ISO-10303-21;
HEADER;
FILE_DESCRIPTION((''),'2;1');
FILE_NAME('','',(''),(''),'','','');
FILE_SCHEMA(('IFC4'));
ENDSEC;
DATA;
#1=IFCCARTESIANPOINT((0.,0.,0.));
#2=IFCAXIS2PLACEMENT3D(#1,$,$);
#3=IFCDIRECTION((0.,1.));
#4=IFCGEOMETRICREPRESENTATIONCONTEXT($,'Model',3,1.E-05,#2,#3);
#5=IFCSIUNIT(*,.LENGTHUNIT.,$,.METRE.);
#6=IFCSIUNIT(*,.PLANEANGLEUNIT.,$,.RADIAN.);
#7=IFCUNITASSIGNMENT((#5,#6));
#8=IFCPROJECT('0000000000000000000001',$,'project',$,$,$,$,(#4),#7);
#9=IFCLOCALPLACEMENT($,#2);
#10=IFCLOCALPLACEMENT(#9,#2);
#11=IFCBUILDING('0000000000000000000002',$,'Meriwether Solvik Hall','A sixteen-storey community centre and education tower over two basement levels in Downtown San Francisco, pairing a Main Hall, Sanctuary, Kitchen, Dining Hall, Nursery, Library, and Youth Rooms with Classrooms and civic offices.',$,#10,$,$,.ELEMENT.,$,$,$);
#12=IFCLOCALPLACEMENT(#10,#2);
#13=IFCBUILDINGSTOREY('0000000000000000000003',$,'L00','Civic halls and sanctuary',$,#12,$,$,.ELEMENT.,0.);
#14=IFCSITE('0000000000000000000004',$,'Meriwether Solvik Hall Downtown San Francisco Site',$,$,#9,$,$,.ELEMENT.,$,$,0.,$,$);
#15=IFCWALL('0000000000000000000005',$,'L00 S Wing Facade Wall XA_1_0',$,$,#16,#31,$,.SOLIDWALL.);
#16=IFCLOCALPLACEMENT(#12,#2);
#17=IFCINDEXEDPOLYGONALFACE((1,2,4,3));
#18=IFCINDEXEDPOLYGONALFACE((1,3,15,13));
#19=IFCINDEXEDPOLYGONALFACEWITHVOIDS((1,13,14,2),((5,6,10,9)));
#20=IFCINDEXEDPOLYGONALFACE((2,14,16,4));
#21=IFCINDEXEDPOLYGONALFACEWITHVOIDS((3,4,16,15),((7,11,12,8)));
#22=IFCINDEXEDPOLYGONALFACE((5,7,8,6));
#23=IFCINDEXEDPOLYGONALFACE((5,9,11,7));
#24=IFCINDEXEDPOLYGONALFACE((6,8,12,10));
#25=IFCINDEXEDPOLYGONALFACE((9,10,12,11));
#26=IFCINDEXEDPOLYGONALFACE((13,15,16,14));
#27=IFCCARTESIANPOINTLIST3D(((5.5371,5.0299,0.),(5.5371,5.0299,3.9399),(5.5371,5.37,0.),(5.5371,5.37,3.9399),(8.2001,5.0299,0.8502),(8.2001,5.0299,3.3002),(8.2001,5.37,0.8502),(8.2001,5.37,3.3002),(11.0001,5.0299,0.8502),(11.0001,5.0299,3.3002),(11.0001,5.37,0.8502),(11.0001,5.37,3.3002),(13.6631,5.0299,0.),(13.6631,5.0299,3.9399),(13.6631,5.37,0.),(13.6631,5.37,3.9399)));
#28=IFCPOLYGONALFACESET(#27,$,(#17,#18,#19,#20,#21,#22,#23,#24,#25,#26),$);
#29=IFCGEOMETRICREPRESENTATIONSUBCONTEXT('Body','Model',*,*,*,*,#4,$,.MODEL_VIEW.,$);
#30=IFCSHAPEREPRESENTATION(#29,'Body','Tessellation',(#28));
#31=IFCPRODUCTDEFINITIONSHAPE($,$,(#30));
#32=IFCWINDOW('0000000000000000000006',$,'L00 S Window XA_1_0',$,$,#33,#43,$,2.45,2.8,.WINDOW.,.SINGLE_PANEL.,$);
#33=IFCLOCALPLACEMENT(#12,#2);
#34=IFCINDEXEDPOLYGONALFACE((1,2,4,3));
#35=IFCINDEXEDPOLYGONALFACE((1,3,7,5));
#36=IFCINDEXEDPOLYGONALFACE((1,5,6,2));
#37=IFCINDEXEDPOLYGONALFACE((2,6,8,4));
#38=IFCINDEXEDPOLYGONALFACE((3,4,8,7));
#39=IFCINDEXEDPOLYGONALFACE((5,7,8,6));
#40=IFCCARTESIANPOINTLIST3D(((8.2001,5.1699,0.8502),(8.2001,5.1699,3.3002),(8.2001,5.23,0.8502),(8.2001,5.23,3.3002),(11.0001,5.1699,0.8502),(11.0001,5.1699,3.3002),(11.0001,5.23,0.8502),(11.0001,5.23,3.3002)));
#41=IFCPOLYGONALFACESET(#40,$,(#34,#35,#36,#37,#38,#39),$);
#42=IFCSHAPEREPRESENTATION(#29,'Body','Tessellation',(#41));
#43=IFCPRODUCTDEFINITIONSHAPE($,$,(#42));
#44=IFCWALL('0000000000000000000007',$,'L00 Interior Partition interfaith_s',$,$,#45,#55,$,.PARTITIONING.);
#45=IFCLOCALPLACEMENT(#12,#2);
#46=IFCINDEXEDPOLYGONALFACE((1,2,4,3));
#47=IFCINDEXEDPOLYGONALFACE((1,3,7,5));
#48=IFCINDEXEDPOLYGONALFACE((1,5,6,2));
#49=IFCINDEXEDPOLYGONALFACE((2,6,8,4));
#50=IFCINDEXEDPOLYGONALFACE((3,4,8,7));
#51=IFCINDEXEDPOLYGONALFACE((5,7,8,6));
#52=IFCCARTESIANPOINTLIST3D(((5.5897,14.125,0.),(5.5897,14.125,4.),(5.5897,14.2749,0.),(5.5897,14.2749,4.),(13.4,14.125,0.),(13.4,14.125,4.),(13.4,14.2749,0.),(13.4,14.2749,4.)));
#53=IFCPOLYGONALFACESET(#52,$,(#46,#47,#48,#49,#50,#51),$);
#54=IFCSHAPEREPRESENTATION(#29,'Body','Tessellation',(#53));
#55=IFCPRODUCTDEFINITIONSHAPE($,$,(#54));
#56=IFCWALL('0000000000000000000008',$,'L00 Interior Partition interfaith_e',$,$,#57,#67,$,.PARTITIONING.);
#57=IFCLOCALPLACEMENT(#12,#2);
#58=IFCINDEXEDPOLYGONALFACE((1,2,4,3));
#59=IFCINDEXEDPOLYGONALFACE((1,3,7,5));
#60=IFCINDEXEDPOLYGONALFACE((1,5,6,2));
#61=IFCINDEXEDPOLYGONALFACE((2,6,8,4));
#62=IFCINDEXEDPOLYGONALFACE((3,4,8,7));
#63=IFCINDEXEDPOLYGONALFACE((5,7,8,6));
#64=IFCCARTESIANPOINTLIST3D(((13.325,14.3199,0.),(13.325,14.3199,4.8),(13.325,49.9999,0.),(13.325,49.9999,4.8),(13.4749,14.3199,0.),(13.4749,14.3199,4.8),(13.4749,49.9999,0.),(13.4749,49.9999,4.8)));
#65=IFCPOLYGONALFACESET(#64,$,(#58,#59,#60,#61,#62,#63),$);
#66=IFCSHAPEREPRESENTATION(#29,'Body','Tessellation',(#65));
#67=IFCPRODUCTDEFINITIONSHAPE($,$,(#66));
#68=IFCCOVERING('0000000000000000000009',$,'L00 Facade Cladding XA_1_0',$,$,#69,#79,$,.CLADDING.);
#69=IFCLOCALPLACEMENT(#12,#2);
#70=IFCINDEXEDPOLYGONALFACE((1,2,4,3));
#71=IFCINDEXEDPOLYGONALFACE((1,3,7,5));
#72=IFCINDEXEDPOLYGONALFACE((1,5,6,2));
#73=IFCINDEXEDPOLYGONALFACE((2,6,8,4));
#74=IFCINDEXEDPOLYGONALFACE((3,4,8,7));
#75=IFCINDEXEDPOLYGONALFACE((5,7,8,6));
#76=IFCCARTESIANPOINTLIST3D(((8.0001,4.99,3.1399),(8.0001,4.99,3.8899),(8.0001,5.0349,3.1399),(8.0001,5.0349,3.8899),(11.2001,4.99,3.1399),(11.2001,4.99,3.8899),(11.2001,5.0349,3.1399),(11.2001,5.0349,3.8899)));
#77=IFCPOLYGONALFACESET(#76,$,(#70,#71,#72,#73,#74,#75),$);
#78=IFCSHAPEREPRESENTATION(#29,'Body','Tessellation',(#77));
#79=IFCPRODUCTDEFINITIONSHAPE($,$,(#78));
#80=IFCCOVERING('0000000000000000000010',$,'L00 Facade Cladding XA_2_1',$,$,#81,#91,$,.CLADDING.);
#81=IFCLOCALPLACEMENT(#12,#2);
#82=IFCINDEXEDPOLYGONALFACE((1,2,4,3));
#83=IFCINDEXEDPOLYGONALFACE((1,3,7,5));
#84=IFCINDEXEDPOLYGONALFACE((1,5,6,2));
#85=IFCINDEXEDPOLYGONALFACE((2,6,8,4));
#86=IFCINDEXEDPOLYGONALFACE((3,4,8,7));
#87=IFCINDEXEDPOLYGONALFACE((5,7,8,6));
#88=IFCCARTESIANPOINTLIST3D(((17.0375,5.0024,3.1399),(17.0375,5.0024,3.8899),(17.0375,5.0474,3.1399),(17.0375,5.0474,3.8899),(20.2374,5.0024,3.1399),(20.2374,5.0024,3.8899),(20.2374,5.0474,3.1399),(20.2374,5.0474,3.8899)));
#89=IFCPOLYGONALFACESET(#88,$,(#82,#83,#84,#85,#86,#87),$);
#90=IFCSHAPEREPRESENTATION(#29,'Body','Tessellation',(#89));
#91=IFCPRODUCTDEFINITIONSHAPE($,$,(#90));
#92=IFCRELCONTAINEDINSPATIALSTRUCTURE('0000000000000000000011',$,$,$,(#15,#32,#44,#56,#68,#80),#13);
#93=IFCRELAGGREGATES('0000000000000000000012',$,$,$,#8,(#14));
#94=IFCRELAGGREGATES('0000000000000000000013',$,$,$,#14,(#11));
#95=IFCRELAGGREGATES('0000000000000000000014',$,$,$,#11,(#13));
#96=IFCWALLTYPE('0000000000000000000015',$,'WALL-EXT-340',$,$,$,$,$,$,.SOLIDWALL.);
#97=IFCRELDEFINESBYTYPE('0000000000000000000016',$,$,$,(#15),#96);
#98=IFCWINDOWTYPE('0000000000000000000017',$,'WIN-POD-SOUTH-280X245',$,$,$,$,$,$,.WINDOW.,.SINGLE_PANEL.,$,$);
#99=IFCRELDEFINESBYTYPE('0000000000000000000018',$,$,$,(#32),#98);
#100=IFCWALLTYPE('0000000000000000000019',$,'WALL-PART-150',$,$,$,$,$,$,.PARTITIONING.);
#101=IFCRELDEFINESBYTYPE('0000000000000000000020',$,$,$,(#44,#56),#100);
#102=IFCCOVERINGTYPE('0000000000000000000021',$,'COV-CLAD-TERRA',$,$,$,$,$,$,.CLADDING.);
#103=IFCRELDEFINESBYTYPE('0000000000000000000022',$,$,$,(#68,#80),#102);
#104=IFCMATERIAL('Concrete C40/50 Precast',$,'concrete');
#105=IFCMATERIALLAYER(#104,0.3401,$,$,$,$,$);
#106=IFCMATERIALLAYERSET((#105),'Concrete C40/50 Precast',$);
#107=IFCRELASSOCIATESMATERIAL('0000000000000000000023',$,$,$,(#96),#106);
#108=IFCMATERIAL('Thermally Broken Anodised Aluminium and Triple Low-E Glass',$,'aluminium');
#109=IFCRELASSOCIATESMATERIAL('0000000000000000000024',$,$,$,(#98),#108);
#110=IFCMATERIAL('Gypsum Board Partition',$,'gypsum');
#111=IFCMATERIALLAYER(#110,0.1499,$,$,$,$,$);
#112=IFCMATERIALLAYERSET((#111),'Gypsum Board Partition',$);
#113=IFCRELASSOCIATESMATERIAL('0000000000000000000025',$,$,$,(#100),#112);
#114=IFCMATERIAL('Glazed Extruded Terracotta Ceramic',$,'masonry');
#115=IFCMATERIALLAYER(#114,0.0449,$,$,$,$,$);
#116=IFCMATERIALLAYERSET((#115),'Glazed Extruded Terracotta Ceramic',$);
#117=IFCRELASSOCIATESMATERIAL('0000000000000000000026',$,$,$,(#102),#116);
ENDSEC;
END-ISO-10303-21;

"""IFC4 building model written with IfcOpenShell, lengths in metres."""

from ifc_helpers import new_model, si_unit, direction, frame, frame_2d, origin, origin_2d, place, context, subcontext, project, spatial, rectangle, extrude, material, layer, layer_set, type_object, element, fill, save


model = new_model("IFC4")

# Units and contexts
model_context = context("Model", 3, precision=1e-05, world=origin(), true_north=direction((0.0, 1.0)))
body_context = subcontext(model_context, "Body", "Model", "MODEL_VIEW")
ifc_project = project(units=[si_unit("LENGTHUNIT", "METRE"), si_unit("PLANEANGLEUNIT", "RADIAN")], contexts=[model_context])

# Site, building, storey
site_placement = place(None, origin())
site = spatial("IfcSite", under=ifc_project, at=site_placement, Name="Meriwether Solvik Hall Downtown San Francisco Site", CompositionType="ELEMENT", RefElevation=0.0)
building_placement = place(site_placement, origin())
building = spatial("IfcBuilding", under=site, at=building_placement, Name="Meriwether Solvik Hall", Description="A sixteen-storey community centre and education tower over two basement levels in Downtown San Francisco, pairing a Main Hall, Sanctuary, Kitchen, Dining Hall, Nursery, Library, and Youth Rooms with Classrooms and civic offices.", CompositionType="ELEMENT")
storey_placement = place(building_placement, origin())
storey = spatial("IfcBuildingStorey", under=building, at=storey_placement, Name="L00", Description="Civic halls and sanctuary", CompositionType="ELEMENT", Elevation=0.0)

# Wall, opening, window
ifc_material_1 = material(Name="Concrete C40/50 Precast", Category="concrete")
ifc_layer_1 = layer(ifc_material_1, 0.3401)
ifc_layer_set_1 = layer_set([ifc_layer_1], Name="Concrete C40/50 Precast")
wall_type_1 = type_object("IfcWallType", Name="WALL-EXT-340", PredefinedType="SOLIDWALL", material=ifc_layer_set_1)
wall_1_placement = place(storey_placement, frame((13.6631, 5.2, 0.0), z_axis=(0.0, 0.0, 1.0), x_axis=(-1.0, 0.0, 0.0)))
wall_1 = element("IfcWall", 1, at=wall_1_placement, inside=storey, type_object=wall_type_1, Name="L00 S Wing Facade Wall XA_1_0", PredefinedType="SOLIDWALL", context=body_context, shape_type="SweptSolid", body=[
    extrude(rectangle(XDim=8.126, YDim=0.3401, at=frame_2d((4.063, 0.0))), origin(), (0.0, 0.0, 1.0), 3.9399),
])
opening_1_placement = place(wall_1_placement, frame((2.6631, 0.0, 0.8501)))
opening_1 = element("IfcOpeningElement", 2, at=opening_1_placement, cuts=wall_1, PredefinedType="OPENING", context=body_context, shape_type="SweptSolid", body=[
    extrude(rectangle(XDim=2.8, YDim=2.45, at=frame_2d((1.3999, 1.2251))), frame((0.0, 0.1821, 0.0), z_axis=(0.0, -1.0, 0.0), x_axis=(1.0, 0.0, 0.0)), (0.0, 0.0, 1.0), 0.364),
])
ifc_material_2 = material(Name="Thermally Broken Anodised Aluminium and Triple Low-E Glass", Category="aluminium")
window_type = type_object("IfcWindowType", Name="WIN-POD-SOUTH-280X245", PartitioningType="SINGLE_PANEL", PredefinedType="WINDOW", material=ifc_material_2)
window_placement = place(opening_1_placement, origin())
window = element("IfcWindow", 3, at=window_placement, inside=storey, type_object=window_type, Name="L00 S Window XA_1_0", OverallHeight=2.45, OverallWidth=2.8, PartitioningType="SINGLE_PANEL", PredefinedType="WINDOW", context=body_context, shape_type="SweptSolid", body=[
    extrude(rectangle(XDim=2.8, YDim=2.45, at=frame_2d((1.3999, 1.2251))), frame((0.0, 0.03, 0.0), z_axis=(0.0, -1.0, 0.0), x_axis=(1.0, 0.0, 0.0)), (0.0, 0.0, 1.0), 0.0601),
])
fill(opening_1, window)

# Walls
ifc_material_3 = material(Name="Gypsum Board Partition", Category="gypsum")
ifc_layer_2 = layer(ifc_material_3, 0.1499)
ifc_layer_set_2 = layer_set([ifc_layer_2], Name="Gypsum Board Partition")
wall_type_2 = type_object("IfcWallType", Name="WALL-PART-150", PredefinedType="PARTITIONING", material=ifc_layer_set_2)
wall_2_placement = place(storey_placement, frame((5.5896, 14.2, 0.0), z_axis=(0.0, 0.0, 1.0), x_axis=(1.0, 0.0, 0.0)))
element("IfcWall", 4, at=wall_2_placement, inside=storey, type_object=wall_type_2, Name="L00 Interior Partition interfaith_s", PredefinedType="PARTITIONING", context=body_context, shape_type="SweptSolid", body=[
    extrude(rectangle(XDim=7.8103, YDim=0.1499, at=frame_2d((3.9053, 0.0))), origin(), (0.0, 0.0, 1.0), 4.0),
])
wall_3_placement = place(storey_placement, frame((13.3999, 14.3201, 0.0), z_axis=(0.0, 0.0, 1.0), x_axis=(0.0, 1.0, 0.0)))
element("IfcWall", 5, at=wall_3_placement, inside=storey, type_object=wall_type_2, Name="L00 Interior Partition interfaith_e", PredefinedType="PARTITIONING", context=body_context, shape_type="SweptSolid", body=[
    extrude(rectangle(XDim=35.6799, YDim=0.1499, at=frame_2d((17.8398, 0.0))), origin(), (0.0, 0.0, 1.0), 4.8),
])

# Coverings
ifc_material_4 = material(Name="Glazed Extruded Terracotta Ceramic", Category="masonry")
ifc_layer_3 = layer(ifc_material_4, 0.0449)
ifc_layer_set_3 = layer_set([ifc_layer_3], Name="Glazed Extruded Terracotta Ceramic")
covering_type = type_object("IfcCoveringType", Name="COV-CLAD-TERRA", PredefinedType="CLADDING", material=ifc_layer_set_3)
for number, where, z_axis, x_axis, name in (
    (6, (9.6001, 5.0125, 3.1399), (0.0, 0.0, 1.0), (-1.0, 0.0, 0.0), "L00 Facade Cladding XA_1_0"),
    (7, (18.6375, 5.0249, 3.1399), (0.0, 0.0, 1.0), (-1.0, 0.0, 0.0), "L00 Facade Cladding XA_2_1"),
):
    element("IfcCovering", number, at=place(storey_placement, frame(where, z_axis=z_axis, x_axis=x_axis)), inside=storey, type_object=covering_type, Name=name, PredefinedType="CLADDING", context=body_context, shape_type="SweptSolid", body=[
        extrude(rectangle(XDim=3.2, YDim=0.0449, at=origin_2d()), origin(), (0.0, 0.0, 1.0), 0.75),
    ])

save(model, "model.ifc")
